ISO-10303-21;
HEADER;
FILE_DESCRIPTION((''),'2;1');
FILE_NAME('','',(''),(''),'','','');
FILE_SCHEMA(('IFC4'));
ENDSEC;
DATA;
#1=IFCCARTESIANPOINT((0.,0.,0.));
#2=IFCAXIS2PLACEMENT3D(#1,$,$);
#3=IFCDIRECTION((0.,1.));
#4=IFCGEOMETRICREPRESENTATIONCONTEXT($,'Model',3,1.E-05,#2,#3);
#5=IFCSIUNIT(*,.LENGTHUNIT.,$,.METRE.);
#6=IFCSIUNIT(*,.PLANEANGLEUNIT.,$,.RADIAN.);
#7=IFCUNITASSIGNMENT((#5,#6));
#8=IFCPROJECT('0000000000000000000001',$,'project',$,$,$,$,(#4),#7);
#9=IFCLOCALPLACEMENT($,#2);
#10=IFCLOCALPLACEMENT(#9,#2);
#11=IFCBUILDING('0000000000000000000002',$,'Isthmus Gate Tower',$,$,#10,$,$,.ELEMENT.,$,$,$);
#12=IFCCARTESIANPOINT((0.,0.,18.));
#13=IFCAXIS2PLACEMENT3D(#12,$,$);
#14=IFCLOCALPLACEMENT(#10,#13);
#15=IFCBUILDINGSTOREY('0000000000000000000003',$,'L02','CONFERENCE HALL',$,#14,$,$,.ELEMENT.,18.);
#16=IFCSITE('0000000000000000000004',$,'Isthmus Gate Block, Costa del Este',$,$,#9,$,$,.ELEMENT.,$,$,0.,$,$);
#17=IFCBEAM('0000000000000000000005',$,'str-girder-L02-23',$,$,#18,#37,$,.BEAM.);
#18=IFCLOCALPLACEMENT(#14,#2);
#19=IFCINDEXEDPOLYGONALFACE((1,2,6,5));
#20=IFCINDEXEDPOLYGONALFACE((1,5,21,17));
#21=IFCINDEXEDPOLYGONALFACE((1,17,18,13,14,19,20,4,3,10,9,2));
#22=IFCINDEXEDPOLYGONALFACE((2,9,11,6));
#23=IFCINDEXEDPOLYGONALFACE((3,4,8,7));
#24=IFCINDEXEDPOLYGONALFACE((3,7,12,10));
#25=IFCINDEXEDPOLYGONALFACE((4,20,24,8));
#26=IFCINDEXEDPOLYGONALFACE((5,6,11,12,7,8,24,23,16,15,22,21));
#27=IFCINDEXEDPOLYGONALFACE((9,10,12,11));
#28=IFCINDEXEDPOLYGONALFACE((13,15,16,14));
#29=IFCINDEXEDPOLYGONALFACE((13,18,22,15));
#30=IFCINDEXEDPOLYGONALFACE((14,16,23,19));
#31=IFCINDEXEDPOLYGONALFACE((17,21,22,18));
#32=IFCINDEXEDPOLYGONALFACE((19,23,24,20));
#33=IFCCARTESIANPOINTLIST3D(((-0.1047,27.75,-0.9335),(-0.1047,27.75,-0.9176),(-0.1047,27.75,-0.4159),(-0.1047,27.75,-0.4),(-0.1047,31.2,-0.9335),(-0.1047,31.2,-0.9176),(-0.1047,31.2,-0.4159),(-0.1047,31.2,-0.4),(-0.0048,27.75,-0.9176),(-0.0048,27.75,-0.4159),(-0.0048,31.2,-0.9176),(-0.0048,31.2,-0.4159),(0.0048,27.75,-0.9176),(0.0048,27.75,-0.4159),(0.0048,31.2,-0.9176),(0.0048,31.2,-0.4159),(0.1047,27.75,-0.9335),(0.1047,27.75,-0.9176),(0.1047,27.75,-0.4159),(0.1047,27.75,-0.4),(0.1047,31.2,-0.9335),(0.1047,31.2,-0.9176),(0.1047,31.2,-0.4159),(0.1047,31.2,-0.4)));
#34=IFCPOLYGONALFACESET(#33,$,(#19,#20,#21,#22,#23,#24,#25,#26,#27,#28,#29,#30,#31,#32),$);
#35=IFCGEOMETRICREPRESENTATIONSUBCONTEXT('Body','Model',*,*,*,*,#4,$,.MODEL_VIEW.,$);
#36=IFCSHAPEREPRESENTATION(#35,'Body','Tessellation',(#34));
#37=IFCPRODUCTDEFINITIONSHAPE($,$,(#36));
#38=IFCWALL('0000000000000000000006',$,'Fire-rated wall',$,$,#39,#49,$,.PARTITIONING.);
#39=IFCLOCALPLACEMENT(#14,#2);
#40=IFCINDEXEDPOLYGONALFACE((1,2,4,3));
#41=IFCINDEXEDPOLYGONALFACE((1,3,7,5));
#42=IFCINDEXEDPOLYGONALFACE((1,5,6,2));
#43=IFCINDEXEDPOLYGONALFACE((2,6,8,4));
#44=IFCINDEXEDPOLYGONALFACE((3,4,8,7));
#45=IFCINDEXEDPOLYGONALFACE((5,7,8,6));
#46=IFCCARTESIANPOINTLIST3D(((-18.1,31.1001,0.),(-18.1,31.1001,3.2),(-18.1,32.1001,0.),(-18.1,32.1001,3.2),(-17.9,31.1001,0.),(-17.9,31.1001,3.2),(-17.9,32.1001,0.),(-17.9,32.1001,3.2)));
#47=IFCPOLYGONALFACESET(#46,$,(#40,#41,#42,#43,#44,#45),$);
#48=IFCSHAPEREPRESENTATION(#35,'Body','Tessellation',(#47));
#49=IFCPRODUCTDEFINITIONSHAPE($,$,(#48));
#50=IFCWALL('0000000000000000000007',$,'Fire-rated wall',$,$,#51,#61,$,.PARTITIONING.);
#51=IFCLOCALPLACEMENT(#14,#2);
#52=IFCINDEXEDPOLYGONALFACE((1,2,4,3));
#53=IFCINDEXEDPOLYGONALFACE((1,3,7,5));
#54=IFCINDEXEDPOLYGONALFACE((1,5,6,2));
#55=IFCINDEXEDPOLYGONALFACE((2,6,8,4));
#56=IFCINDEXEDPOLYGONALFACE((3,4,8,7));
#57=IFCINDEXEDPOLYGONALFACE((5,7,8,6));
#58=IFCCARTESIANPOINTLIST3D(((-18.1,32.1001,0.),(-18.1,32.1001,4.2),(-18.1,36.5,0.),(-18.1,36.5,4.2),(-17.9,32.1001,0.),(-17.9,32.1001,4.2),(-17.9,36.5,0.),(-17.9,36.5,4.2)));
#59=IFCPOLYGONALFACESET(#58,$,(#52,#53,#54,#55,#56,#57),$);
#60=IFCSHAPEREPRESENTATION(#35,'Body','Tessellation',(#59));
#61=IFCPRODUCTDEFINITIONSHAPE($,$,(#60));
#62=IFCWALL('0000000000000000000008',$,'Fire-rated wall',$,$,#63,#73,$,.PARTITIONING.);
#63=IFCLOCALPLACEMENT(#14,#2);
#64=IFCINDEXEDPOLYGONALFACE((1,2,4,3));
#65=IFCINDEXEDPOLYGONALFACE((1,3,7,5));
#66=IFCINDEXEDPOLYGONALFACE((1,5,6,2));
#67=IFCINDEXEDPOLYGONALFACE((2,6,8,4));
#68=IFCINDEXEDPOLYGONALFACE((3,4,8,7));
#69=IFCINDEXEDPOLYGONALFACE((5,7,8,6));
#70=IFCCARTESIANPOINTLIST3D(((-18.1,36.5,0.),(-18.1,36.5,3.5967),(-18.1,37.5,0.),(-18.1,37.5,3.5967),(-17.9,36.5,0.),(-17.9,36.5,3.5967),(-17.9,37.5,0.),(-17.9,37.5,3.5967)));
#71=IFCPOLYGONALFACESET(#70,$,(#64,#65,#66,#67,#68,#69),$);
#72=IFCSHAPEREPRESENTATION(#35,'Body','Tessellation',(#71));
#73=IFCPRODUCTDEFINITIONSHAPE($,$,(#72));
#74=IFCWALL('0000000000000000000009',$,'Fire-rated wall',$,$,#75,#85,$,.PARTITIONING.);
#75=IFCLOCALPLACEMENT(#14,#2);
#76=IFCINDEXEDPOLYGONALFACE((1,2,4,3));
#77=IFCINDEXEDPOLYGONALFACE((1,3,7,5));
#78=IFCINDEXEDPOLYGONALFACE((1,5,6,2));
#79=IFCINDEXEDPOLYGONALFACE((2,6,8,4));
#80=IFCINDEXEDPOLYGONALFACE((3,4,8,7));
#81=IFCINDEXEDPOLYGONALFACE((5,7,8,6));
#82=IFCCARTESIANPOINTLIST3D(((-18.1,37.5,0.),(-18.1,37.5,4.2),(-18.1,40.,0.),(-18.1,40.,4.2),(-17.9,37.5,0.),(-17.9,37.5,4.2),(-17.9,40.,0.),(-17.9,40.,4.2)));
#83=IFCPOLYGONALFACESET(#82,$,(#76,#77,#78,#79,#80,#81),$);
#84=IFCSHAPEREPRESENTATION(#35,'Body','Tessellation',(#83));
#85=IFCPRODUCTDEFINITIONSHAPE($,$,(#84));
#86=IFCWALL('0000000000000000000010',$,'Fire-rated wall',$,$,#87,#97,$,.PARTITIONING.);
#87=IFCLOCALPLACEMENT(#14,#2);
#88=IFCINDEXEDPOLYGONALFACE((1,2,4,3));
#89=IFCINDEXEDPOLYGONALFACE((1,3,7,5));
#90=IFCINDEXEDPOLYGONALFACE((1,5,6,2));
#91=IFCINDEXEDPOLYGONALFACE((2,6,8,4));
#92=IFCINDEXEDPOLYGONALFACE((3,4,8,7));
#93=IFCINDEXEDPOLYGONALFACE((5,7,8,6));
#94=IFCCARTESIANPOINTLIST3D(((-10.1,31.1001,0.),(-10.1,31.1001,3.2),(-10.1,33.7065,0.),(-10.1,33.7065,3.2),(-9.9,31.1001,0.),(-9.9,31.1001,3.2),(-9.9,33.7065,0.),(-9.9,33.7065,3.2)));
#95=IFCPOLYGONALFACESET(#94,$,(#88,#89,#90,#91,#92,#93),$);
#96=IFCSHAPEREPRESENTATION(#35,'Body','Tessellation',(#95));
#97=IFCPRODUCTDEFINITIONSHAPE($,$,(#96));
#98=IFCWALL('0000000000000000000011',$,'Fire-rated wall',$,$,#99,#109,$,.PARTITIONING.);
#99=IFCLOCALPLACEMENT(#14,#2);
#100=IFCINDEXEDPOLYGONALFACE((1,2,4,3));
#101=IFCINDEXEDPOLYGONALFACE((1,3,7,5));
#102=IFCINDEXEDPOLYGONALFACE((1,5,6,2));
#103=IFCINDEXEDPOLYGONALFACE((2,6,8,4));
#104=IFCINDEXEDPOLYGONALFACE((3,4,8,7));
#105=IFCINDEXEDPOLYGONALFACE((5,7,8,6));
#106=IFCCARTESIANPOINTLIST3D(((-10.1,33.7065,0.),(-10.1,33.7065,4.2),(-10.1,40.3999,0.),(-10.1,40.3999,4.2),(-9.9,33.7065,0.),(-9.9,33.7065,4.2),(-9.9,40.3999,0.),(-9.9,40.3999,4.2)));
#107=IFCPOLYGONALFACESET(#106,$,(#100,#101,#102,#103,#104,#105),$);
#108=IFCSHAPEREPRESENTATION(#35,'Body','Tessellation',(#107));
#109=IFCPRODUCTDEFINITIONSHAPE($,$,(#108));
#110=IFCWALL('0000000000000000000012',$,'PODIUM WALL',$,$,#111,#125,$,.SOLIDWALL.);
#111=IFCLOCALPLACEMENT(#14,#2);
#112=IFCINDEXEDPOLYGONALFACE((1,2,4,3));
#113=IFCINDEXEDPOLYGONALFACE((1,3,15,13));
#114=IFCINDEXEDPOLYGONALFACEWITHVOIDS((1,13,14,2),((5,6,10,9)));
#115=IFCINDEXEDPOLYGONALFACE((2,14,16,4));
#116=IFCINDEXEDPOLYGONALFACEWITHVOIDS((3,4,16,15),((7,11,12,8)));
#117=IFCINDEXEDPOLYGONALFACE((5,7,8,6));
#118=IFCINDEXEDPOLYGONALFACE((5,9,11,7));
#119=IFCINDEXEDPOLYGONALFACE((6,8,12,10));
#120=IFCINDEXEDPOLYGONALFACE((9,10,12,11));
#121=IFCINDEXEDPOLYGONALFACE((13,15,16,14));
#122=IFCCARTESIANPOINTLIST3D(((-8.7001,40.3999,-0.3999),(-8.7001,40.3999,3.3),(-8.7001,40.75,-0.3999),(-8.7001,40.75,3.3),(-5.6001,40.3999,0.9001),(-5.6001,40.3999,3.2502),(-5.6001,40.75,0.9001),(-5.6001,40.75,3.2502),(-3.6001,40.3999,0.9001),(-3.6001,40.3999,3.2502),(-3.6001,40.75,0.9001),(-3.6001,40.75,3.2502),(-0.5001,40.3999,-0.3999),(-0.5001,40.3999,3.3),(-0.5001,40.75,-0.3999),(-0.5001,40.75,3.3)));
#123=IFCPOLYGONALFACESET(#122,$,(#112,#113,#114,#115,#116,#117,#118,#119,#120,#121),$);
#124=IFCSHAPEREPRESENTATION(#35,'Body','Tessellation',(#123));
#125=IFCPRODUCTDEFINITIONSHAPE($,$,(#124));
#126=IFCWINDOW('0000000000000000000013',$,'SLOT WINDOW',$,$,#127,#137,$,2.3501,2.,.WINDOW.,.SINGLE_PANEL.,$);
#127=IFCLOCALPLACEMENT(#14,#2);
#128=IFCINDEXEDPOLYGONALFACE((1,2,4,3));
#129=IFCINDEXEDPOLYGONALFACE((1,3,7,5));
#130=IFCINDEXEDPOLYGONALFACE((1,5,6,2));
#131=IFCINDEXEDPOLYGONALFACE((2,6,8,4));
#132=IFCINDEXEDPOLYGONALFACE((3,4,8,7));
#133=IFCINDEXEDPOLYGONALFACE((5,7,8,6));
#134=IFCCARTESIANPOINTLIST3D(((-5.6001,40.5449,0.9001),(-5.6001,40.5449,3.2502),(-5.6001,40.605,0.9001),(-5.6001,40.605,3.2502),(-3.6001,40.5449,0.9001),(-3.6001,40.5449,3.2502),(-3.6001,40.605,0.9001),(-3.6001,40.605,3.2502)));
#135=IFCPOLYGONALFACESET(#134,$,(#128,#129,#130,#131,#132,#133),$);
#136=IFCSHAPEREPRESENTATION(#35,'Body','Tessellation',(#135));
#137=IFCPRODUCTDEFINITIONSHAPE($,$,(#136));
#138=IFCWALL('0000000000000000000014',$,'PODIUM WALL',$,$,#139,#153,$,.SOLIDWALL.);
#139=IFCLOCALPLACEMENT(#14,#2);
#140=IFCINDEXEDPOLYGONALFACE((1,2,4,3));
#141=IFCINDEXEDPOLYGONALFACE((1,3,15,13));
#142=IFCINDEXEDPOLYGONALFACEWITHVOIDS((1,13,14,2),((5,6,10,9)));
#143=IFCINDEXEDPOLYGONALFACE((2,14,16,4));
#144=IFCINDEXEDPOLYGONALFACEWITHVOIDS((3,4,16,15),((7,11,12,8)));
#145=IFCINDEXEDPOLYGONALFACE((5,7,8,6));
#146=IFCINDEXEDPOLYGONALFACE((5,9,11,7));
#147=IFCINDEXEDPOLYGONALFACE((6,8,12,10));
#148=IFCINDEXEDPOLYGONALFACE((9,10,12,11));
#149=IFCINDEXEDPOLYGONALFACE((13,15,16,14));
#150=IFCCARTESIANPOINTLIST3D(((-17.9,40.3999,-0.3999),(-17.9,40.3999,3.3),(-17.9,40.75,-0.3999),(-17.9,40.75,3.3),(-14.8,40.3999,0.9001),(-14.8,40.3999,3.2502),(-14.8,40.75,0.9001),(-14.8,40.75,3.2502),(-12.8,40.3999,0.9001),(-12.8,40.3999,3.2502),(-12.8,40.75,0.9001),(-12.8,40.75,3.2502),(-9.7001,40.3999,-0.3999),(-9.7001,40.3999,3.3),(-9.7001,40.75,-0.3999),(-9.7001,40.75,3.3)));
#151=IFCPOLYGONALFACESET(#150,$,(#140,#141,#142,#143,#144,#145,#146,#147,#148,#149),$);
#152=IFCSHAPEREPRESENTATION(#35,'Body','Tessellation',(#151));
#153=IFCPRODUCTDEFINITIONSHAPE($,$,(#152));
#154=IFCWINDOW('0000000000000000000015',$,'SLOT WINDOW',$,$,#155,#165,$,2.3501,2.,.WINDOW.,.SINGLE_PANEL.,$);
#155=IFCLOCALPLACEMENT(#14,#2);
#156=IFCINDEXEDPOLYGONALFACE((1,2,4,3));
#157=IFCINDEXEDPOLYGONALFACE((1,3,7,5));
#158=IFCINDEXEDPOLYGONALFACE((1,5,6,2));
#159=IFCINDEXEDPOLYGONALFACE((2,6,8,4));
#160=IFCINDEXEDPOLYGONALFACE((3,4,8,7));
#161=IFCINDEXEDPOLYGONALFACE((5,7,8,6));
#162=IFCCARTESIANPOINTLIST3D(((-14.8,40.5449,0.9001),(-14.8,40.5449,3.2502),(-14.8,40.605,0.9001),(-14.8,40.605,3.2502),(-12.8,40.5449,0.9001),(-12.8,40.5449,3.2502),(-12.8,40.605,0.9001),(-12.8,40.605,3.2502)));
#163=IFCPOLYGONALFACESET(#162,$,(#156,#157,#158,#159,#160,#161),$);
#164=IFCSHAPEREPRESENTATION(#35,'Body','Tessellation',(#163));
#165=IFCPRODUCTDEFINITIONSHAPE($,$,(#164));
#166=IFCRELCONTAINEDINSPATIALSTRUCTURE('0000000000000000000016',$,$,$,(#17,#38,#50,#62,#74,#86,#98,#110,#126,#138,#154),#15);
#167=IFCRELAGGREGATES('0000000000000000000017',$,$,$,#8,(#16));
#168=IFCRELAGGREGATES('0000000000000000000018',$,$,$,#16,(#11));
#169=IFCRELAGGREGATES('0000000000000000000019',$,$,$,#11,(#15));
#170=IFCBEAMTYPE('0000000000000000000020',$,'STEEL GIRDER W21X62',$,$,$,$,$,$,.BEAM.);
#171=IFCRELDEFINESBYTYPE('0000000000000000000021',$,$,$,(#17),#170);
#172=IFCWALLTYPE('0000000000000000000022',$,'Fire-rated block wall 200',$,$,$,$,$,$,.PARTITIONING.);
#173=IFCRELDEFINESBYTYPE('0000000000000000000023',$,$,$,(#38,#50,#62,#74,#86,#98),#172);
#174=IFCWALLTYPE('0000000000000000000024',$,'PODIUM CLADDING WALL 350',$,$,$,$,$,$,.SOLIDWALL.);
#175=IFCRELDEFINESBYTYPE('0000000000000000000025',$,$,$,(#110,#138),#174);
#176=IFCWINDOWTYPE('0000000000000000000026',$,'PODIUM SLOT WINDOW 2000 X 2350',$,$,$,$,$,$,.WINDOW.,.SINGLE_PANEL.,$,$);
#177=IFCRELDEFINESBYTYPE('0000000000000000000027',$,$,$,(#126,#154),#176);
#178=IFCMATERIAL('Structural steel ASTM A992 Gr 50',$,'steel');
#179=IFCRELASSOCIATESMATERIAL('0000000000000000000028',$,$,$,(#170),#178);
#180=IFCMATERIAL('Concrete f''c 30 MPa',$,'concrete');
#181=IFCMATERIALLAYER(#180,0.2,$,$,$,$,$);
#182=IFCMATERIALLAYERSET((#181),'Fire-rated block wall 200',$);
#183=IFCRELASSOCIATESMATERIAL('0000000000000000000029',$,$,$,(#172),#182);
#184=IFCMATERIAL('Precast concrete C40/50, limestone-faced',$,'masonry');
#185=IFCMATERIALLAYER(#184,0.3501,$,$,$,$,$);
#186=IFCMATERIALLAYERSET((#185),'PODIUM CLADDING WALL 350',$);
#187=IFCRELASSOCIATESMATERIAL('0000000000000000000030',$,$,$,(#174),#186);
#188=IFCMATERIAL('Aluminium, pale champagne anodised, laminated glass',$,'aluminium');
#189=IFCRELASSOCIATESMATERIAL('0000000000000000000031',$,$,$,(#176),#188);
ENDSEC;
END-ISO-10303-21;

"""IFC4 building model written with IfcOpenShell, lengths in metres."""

from ifc_helpers import new_model, si_unit, direction, frame, frame_2d, origin, origin_2d, place, context, subcontext, project, spatial, rectangle, i_section, extrude, material, layer, layer_set, material_profile, profile_set, type_object, element, fill, save


model = new_model("IFC4")

# Units and contexts
model_context = context("Model", 3, precision=1e-05, world=origin(), true_north=direction((0.0, 1.0)))
body_context = subcontext(model_context, "Body", "Model", "MODEL_VIEW")
ifc_project = project(units=[si_unit("LENGTHUNIT", "METRE"), si_unit("PLANEANGLEUNIT", "RADIAN")], contexts=[model_context])

# Site, building, storey
site_placement = place(None, origin())
site = spatial("IfcSite", under=ifc_project, at=site_placement, Name="Isthmus Gate Block, Costa del Este", CompositionType="ELEMENT", RefElevation=0.0)
building_placement = place(site_placement, origin())
building = spatial("IfcBuilding", under=site, at=building_placement, Name="Isthmus Gate Tower", CompositionType="ELEMENT")
storey_placement = place(building_placement, frame((0.0, 0.0, 18.0)))
storey = spatial("IfcBuildingStorey", under=building, at=storey_placement, Name="L02", Description="CONFERENCE HALL", CompositionType="ELEMENT", Elevation=18.0)

# Beam
ifc_material_1 = material(Name="Structural steel ASTM A992 Gr 50", Category="steel")
ifc_material_profile_1 = material_profile(ifc_material_1, i_section(OverallWidth=0.2095, OverallDepth=0.5334, WebThickness=0.0095, FlangeThickness=0.0159, at=origin_2d()), Name="W21X62")
ifc_profile_set_1 = profile_set([ifc_material_profile_1], Name="Structural steel ASTM A992 Gr 50")
beam_type_1 = type_object("IfcBeamType", Name="STEEL GIRDER W21X62", PredefinedType="BEAM", material=ifc_profile_set_1)
beam_1_placement = place(storey_placement, frame((0.0, 27.75, -0.6667), z_axis=(0.0, 1.0, 0.0), x_axis=(-1.0, 0.0, 0.0)))
element("IfcBeam", 1, at=beam_1_placement, inside=storey, type_object=beam_type_1, Name="str-girder-L02-23", PredefinedType="BEAM", context=body_context, shape_type="SweptSolid", body=[
    extrude(i_section(OverallWidth=0.2095, OverallDepth=0.5334, WebThickness=0.0095, FlangeThickness=0.0159, at=origin_2d()), origin(), (0.0, 0.0, 1.0), 3.45),
])

# Walls
ifc_material_2 = material(Name="Concrete f'c 30 MPa", Category="concrete")
ifc_layer_1 = layer(ifc_material_2, 0.2)
ifc_layer_set_1 = layer_set([ifc_layer_1], Name="Fire-rated block wall 200")
wall_type_1 = type_object("IfcWallType", Name="Fire-rated block wall 200", PredefinedType="PARTITIONING", material=ifc_layer_set_1)
wall_1_placement = place(storey_placement, frame((-18.0, 31.1001, 0.0), z_axis=(0.0, 0.0, 1.0), x_axis=(0.0, 1.0, 0.0)))
element("IfcWall", 2, at=wall_1_placement, inside=storey, type_object=wall_type_1, Name="Fire-rated wall", PredefinedType="PARTITIONING", context=body_context, shape_type="SweptSolid", body=[
    extrude(rectangle(XDim=1.0, YDim=0.2, at=frame_2d((0.5, 0.0))), origin(), (0.0, 0.0, 1.0), 3.2),
])
wall_2_placement = place(storey_placement, frame((-18.0, 32.1001, 0.0), z_axis=(0.0, 0.0, 1.0), x_axis=(0.0, 1.0, 0.0)))
element("IfcWall", 3, at=wall_2_placement, inside=storey, type_object=wall_type_1, Name="Fire-rated wall", PredefinedType="PARTITIONING", context=body_context, shape_type="SweptSolid", body=[
    extrude(rectangle(XDim=4.3999, YDim=0.2, at=frame_2d((2.2, 0.0))), origin(), (0.0, 0.0, 1.0), 4.2),
])
wall_3_placement = place(storey_placement, frame((-18.0, 36.5, 0.0), z_axis=(0.0, 0.0, 1.0), x_axis=(0.0, 1.0, 0.0)))
element("IfcWall", 4, at=wall_3_placement, inside=storey, type_object=wall_type_1, Name="Fire-rated wall", PredefinedType="PARTITIONING", context=body_context, shape_type="SweptSolid", body=[
    extrude(rectangle(XDim=1.0, YDim=0.2, at=frame_2d((0.5, 0.0))), origin(), (0.0, 0.0, 1.0), 3.5967),
])
wall_4_placement = place(storey_placement, frame((-18.0, 37.5, 0.0), z_axis=(0.0, 0.0, 1.0), x_axis=(0.0, 1.0, 0.0)))
element("IfcWall", 5, at=wall_4_placement, inside=storey, type_object=wall_type_1, Name="Fire-rated wall", PredefinedType="PARTITIONING", context=body_context, shape_type="SweptSolid", body=[
    extrude(rectangle(XDim=2.5, YDim=0.2, at=frame_2d((1.25, 0.0))), origin(), (0.0, 0.0, 1.0), 4.2),
])
wall_5_placement = place(storey_placement, frame((-10.0, 31.1001, 0.0), z_axis=(0.0, 0.0, 1.0), x_axis=(0.0, 1.0, 0.0)))
element("IfcWall", 6, at=wall_5_placement, inside=storey, type_object=wall_type_1, Name="Fire-rated wall", PredefinedType="PARTITIONING", context=body_context, shape_type="SweptSolid", body=[
    extrude(rectangle(XDim=2.6064, YDim=0.2, at=frame_2d((1.3032, 0.0))), origin(), (0.0, 0.0, 1.0), 3.2),
])
wall_6_placement = place(storey_placement, frame((-10.0, 33.7065, 0.0), z_axis=(0.0, 0.0, 1.0), x_axis=(0.0, 1.0, 0.0)))
element("IfcWall", 7, at=wall_6_placement, inside=storey, type_object=wall_type_1, Name="Fire-rated wall", PredefinedType="PARTITIONING", context=body_context, shape_type="SweptSolid", body=[
    extrude(rectangle(XDim=6.6934, YDim=0.2, at=frame_2d((3.3467, 0.0))), origin(), (0.0, 0.0, 1.0), 4.2),
])

# Walls, openings, windows
ifc_material_3 = material(Name="Precast concrete C40/50, limestone-faced", Category="masonry")
ifc_layer_2 = layer(ifc_material_3, 0.3501)
ifc_layer_set_2 = layer_set([ifc_layer_2], Name="PODIUM CLADDING WALL 350")
wall_type_2 = type_object("IfcWallType", Name="PODIUM CLADDING WALL 350", PredefinedType="SOLIDWALL", material=ifc_layer_set_2)
wall_7_placement = place(storey_placement, frame((-0.5, 40.575, -0.3999), z_axis=(0.0, 0.0, 1.0), x_axis=(-1.0, 0.0, 0.0)))
wall_7 = element("IfcWall", 8, at=wall_7_placement, inside=storey, type_object=wall_type_2, Name="PODIUM WALL", PredefinedType="SOLIDWALL", context=body_context, shape_type="SweptSolid", body=[
    extrude(rectangle(XDim=8.2, YDim=0.3501, at=frame_2d((4.1001, 0.0))), origin(), (0.0, 0.0, 1.0), 3.7),
])
opening_1_placement = place(wall_7_placement, frame((3.1001, 0.0, 1.3)))
opening_1 = element("IfcOpeningElement", 9, at=opening_1_placement, cuts=wall_7, PredefinedType="OPENING", context=body_context, shape_type="SweptSolid", body=[
    extrude(rectangle(XDim=2.0, YDim=2.3501, at=frame_2d((1.0, 1.175))), frame((0.0, 0.1851, 0.0), z_axis=(0.0, -1.0, 0.0), x_axis=(1.0, 0.0, 0.0)), (0.0, 0.0, 1.0), 0.3701),
])
ifc_material_4 = material(Name="Aluminium, pale champagne anodised, laminated glass", Category="aluminium")
window_type = type_object("IfcWindowType", Name="PODIUM SLOT WINDOW 2000 X 2350", PartitioningType="SINGLE_PANEL", PredefinedType="WINDOW", material=ifc_material_4)
window_1_placement = place(opening_1_placement, origin())
window_1 = element("IfcWindow", 10, at=window_1_placement, inside=storey, type_object=window_type, Name="SLOT WINDOW", OverallHeight=2.3501, OverallWidth=2.0, PartitioningType="SINGLE_PANEL", PredefinedType="WINDOW", context=body_context, shape_type="SweptSolid", body=[
    extrude(rectangle(XDim=2.0, YDim=2.3501, at=frame_2d((1.0, 1.175))), frame((0.0, 0.03, 0.0), z_axis=(0.0, -1.0, 0.0), x_axis=(1.0, 0.0, 0.0)), (0.0, 0.0, 1.0), 0.0601),
])
fill(opening_1, window_1)
wall_8_placement = place(storey_placement, frame((-9.7, 40.575, -0.3999), z_axis=(0.0, 0.0, 1.0), x_axis=(-1.0, 0.0, 0.0)))
wall_8 = element("IfcWall", 11, at=wall_8_placement, inside=storey, type_object=wall_type_2, Name="PODIUM WALL", PredefinedType="SOLIDWALL", context=body_context, shape_type="SweptSolid", body=[
    extrude(rectangle(XDim=8.2, YDim=0.3501, at=frame_2d((4.1001, 0.0))), origin(), (0.0, 0.0, 1.0), 3.7),
])
opening_2_placement = place(wall_8_placement, frame((3.1001, 0.0, 1.3)))
opening_2 = element("IfcOpeningElement", 12, at=opening_2_placement, cuts=wall_8, PredefinedType="OPENING", context=body_context, shape_type="SweptSolid", body=[
    extrude(rectangle(XDim=2.0, YDim=2.3501, at=frame_2d((1.0, 1.175))), frame((0.0, 0.1851, 0.0), z_axis=(0.0, -1.0, 0.0), x_axis=(1.0, 0.0, 0.0)), (0.0, 0.0, 1.0), 0.3701),
])
window_2_placement = place(opening_2_placement, origin())
window_2 = element("IfcWindow", 13, at=window_2_placement, inside=storey, type_object=window_type, Name="SLOT WINDOW", OverallHeight=2.3501, OverallWidth=2.0, PartitioningType="SINGLE_PANEL", PredefinedType="WINDOW", context=body_context, shape_type="SweptSolid", body=[
    extrude(rectangle(XDim=2.0, YDim=2.3501, at=frame_2d((1.0, 1.175))), frame((0.0, 0.03, 0.0), z_axis=(0.0, -1.0, 0.0), x_axis=(1.0, 0.0, 0.0)), (0.0, 0.0, 1.0), 0.0601),
])
fill(opening_2, window_2)

save(model, "model.ifc")
